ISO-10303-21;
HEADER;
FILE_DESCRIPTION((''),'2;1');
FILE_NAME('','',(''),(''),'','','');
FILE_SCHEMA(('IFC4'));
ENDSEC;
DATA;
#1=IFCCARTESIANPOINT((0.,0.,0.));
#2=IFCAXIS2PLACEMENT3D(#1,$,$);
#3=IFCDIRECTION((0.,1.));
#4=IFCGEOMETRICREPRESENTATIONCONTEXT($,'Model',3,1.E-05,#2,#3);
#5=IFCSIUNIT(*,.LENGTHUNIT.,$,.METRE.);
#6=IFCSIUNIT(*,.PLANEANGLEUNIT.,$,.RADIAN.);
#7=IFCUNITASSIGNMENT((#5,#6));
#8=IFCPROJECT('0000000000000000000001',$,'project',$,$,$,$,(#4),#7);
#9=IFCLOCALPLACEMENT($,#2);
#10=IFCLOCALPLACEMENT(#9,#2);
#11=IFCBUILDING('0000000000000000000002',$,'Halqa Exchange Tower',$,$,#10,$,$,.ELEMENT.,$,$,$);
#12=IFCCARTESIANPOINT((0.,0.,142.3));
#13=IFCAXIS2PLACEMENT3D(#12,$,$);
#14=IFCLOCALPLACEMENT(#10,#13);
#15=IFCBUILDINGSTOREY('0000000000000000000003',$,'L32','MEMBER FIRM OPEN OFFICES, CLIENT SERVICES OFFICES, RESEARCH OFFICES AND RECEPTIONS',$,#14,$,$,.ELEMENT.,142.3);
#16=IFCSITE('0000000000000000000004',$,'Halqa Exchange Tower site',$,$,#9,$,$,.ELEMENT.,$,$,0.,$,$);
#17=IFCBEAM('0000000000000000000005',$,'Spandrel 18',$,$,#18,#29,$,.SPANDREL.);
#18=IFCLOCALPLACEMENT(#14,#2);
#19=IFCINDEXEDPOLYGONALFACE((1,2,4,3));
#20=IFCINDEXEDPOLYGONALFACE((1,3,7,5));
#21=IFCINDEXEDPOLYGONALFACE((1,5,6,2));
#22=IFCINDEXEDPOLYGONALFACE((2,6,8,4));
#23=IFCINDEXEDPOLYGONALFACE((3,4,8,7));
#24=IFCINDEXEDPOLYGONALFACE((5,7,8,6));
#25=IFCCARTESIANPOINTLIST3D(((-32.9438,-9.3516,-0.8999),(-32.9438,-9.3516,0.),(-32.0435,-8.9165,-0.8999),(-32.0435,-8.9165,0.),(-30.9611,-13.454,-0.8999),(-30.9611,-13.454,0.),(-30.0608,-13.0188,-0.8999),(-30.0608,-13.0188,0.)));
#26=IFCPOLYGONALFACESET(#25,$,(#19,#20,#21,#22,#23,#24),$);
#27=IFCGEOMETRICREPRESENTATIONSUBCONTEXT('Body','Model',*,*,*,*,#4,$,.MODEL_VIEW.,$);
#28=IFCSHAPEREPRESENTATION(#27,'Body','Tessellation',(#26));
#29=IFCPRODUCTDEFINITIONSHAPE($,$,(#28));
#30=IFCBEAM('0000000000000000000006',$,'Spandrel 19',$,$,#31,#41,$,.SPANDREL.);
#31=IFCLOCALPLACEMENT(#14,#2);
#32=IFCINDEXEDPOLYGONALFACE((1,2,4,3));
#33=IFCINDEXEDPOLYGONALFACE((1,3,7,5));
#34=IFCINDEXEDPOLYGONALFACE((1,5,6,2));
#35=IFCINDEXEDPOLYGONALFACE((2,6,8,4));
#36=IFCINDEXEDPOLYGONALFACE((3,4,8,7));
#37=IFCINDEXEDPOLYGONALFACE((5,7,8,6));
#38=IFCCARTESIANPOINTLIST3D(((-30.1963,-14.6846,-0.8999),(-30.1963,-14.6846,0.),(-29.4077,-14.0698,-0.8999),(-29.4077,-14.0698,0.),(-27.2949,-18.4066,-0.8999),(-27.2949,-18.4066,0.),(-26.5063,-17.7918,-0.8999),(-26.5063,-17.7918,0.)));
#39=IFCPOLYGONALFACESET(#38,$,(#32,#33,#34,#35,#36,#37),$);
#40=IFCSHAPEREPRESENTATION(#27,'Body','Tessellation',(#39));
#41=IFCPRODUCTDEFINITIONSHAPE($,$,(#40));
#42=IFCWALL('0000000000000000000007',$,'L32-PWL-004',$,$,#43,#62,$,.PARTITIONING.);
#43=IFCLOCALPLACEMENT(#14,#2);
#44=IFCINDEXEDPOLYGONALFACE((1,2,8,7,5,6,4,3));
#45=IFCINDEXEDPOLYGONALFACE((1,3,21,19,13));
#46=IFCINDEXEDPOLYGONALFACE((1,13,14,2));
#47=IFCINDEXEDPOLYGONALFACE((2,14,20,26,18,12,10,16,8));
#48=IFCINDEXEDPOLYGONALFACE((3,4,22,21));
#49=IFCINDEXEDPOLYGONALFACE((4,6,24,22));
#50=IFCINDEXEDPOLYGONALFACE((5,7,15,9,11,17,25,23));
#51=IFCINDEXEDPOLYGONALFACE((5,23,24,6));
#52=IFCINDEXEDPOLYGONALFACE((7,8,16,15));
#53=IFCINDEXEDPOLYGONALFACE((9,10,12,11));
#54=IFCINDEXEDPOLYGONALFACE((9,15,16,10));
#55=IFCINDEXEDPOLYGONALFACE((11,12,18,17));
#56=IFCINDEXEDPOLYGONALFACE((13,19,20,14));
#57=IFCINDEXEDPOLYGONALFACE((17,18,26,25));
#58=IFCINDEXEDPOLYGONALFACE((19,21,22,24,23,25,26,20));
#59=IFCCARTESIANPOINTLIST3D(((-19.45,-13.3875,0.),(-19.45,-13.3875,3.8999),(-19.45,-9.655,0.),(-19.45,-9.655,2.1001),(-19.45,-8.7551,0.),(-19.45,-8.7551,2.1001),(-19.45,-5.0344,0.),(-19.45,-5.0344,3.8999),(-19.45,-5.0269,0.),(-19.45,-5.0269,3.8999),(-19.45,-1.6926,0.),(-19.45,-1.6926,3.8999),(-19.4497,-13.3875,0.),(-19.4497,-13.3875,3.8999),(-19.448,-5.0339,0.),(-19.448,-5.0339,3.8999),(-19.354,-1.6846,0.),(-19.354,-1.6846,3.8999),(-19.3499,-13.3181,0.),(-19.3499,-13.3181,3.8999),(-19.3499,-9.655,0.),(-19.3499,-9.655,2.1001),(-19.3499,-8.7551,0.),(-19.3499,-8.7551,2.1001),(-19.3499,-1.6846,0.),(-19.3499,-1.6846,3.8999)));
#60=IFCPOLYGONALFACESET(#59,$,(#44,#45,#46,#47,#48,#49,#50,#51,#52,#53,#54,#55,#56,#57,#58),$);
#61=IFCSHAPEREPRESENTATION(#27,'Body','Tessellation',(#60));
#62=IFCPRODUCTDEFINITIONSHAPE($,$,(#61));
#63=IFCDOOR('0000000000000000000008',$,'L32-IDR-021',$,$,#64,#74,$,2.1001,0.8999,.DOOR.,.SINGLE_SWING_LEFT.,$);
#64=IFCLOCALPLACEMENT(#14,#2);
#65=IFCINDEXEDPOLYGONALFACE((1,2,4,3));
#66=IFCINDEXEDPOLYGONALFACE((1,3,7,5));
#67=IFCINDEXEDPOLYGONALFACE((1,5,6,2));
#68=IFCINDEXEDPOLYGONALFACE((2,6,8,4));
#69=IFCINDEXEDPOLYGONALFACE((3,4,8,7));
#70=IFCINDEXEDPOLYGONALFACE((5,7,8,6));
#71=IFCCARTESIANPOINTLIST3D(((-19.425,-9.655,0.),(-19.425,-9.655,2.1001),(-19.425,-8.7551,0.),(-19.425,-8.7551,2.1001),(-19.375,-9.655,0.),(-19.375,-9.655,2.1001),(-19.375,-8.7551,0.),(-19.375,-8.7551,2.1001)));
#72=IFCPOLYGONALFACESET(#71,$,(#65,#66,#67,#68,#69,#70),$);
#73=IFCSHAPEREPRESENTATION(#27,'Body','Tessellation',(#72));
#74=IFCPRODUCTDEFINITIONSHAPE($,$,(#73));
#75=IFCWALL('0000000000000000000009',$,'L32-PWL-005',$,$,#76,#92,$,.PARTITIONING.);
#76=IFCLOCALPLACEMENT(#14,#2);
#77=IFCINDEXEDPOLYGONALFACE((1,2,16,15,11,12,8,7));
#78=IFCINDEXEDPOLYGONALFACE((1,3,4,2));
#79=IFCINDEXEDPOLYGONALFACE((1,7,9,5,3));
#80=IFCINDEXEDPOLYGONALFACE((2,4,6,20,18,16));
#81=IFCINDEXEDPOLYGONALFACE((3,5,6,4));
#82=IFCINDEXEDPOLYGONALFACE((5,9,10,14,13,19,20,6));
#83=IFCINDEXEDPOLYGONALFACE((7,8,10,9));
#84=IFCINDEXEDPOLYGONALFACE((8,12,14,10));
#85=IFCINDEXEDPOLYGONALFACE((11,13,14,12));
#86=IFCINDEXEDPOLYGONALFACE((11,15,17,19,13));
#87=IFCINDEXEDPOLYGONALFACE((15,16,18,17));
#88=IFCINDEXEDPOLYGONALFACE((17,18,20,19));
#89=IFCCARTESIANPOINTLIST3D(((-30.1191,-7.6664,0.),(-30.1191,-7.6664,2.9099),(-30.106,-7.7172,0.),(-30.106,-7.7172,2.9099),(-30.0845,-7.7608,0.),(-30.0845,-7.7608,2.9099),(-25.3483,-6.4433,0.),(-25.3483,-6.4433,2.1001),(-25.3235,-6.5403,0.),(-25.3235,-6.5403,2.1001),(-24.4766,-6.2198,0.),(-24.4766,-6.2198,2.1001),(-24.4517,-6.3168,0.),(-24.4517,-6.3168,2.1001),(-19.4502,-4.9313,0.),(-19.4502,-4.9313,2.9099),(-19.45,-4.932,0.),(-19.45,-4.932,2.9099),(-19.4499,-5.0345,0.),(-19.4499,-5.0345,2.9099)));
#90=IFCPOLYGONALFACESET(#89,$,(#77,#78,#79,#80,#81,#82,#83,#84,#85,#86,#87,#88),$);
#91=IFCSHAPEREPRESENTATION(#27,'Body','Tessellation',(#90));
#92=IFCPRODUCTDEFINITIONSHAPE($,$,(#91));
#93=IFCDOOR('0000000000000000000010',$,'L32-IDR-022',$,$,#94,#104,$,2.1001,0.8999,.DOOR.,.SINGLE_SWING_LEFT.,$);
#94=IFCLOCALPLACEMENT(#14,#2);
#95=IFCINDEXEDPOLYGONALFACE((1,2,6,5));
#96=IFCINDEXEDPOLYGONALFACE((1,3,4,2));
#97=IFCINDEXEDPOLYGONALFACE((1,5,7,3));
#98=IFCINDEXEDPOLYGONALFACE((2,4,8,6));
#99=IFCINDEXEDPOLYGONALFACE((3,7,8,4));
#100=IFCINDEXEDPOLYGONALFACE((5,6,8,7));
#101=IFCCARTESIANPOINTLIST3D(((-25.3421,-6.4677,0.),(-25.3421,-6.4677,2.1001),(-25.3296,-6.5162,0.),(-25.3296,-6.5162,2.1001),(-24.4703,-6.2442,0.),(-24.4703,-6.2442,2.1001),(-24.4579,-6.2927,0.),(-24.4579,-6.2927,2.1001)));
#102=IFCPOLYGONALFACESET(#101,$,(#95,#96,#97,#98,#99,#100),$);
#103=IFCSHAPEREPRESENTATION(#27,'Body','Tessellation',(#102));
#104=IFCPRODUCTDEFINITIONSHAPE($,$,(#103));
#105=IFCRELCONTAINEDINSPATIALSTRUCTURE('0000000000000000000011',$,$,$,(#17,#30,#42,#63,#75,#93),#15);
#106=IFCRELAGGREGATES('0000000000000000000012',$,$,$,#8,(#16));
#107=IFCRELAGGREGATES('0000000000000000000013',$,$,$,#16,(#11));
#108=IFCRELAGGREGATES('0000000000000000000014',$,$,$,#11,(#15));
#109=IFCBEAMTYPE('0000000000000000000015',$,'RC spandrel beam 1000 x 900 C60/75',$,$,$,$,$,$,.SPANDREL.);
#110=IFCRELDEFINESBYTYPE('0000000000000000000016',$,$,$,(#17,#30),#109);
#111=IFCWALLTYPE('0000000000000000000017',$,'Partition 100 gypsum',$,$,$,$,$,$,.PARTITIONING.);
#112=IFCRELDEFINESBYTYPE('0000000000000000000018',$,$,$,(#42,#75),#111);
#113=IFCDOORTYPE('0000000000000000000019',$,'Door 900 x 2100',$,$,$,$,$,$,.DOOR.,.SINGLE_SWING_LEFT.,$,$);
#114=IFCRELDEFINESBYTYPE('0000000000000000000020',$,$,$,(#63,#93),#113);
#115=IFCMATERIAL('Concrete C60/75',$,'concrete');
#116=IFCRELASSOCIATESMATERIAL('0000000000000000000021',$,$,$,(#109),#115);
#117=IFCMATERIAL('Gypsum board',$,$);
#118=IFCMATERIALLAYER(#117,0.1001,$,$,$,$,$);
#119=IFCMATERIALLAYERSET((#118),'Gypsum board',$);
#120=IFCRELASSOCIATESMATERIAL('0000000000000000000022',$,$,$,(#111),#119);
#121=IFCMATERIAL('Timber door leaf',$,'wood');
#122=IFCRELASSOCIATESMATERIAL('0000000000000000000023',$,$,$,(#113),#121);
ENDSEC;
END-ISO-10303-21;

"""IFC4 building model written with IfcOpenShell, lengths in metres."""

from ifc_helpers import new_model, si_unit, direction, frame, frame_2d, origin, origin_2d, place, context, subcontext, project, spatial, polyline, rectangle, outline, extrude, material, layer, layer_set, material_profile, profile_set, type_object, element, fill, save


model = new_model("IFC4")

# Units and contexts
model_context = context("Model", 3, precision=1e-05, world=origin(), true_north=direction((0.0, 1.0)))
body_context = subcontext(model_context, "Body", "Model", "MODEL_VIEW")
ifc_project = project(units=[si_unit("LENGTHUNIT", "METRE"), si_unit("PLANEANGLEUNIT", "RADIAN")], contexts=[model_context])

# Site, building, storey
site_placement = place(None, origin())
site = spatial("IfcSite", under=ifc_project, at=site_placement, Name="Halqa Exchange Tower site", CompositionType="ELEMENT", RefElevation=0.0)
building_placement = place(site_placement, origin())
building = spatial("IfcBuilding", under=site, at=building_placement, Name="Halqa Exchange Tower", CompositionType="ELEMENT")
storey_placement = place(building_placement, frame((0.0, 0.0, 142.3)))
storey = spatial("IfcBuildingStorey", under=building, at=storey_placement, Name="L32", Description="MEMBER FIRM OPEN OFFICES, CLIENT SERVICES OFFICES, RESEARCH OFFICES AND RECEPTIONS", CompositionType="ELEMENT", Elevation=142.3)

# Beams
ifc_material_1 = material(Name="Concrete C60/75", Category="concrete")
ifc_material_profile_1 = material_profile(ifc_material_1, rectangle(XDim=1.0, YDim=0.8999, at=origin_2d()), Name="1000 x 900")
ifc_profile_set_1 = profile_set([ifc_material_profile_1], Name="Concrete C60/75")
beam_type_1 = type_object("IfcBeamType", Name="RC spandrel beam 1000 x 900 C60/75", PredefinedType="SPANDREL", material=ifc_profile_set_1)
beam_1_placement = place(storey_placement, frame((-32.4937, -9.134, -0.45), z_axis=(0.435149, -0.900358, 0.0), x_axis=(0.900358, 0.435149, 0.0)))
element("IfcBeam", 1, at=beam_1_placement, inside=storey, type_object=beam_type_1, Name="Spandrel 18", PredefinedType="SPANDREL", context=body_context, shape_type="SweptSolid", body=[
    extrude(rectangle(XDim=1.0, YDim=0.8999, at=origin_2d()), origin(), (0.0, 0.0, 1.0), 4.5564),
])
beam_2_placement = place(storey_placement, frame((-29.802, -14.3772, -0.45), z_axis=(0.614803, -0.78868, 0.0), x_axis=(0.78868, 0.614803, 0.0)))
element("IfcBeam", 2, at=beam_2_placement, inside=storey, type_object=beam_type_1, Name="Spandrel 19", PredefinedType="SPANDREL", context=body_context, shape_type="SweptSolid", body=[
    extrude(rectangle(XDim=1.0, YDim=0.8999, at=origin_2d()), origin(), (0.0, 0.0, 1.0), 4.7192),
])

# Walls, openings, doors
ifc_material_2 = material(Name="Gypsum board")
ifc_layer_1 = layer(ifc_material_2, 0.1001)
ifc_layer_set_1 = layer_set([ifc_layer_1], Name="Gypsum board")
wall_type_1 = type_object("IfcWallType", Name="Partition 100 gypsum", PredefinedType="PARTITIONING", material=ifc_layer_set_1)
wall_1_placement = place(storey_placement, frame((-19.3999, -13.3875, 0.0), z_axis=(0.0, 0.0, 1.0), x_axis=(0.0, 1.0, 0.0)))
wall_1 = element("IfcWall", 3, at=wall_1_placement, inside=storey, type_object=wall_type_1, Name="L32-PWL-004", PredefinedType="PARTITIONING", context=body_context, shape_type="SweptSolid", body=[
    extrude(outline(polyline([(11.7029, -0.05), (11.7029, -0.0459), (11.6948, 0.05), (10.0278, 0.05), (8.3606, 0.05), (8.3535, 0.0481), (8.353, 0.05), (6.6824, 0.05), (5.0117, 0.05), (3.3413, 0.05), (1.6707, 0.05), (0.0, 0.05), (0.0, 0.0498), (0.0693, -0.05), (2.0083, -0.05), (3.947, -0.05), (5.886, -0.05), (7.825, -0.05), (9.7639, -0.05), (11.7029, -0.05)])), origin(), (0.0, 0.0, 1.0), 3.8999),
])
opening_1_placement = place(wall_1_placement, frame((3.7324, 0.0, 0.0)))
opening_1 = element("IfcOpeningElement", 4, at=opening_1_placement, cuts=wall_1, PredefinedType="OPENING", context=body_context, shape_type="SweptSolid", body=[
    extrude(rectangle(XDim=0.8999, YDim=2.1001, at=frame_2d((0.45, 1.05))), frame((0.0, 0.062, 0.0), z_axis=(0.0, -1.0, 0.0), x_axis=(1.0, 0.0, 0.0)), (0.0, 0.0, 1.0), 0.124),
])
ifc_material_3 = material(Name="Timber door leaf", Category="wood")
door_type_1 = type_object("IfcDoorType", Name="Door 900 x 2100", OperationType="SINGLE_SWING_LEFT", PredefinedType="DOOR", material=ifc_material_3)
door_1_placement = place(opening_1_placement, frame((0.8999, 0.0, 0.0), z_axis=(0.0, 0.0, 1.0), x_axis=(-1.0, 0.0, 0.0)))
door_1 = element("IfcDoor", 5, at=door_1_placement, inside=storey, type_object=door_type_1, Name="L32-IDR-021", OperationType="SINGLE_SWING_LEFT", OverallHeight=2.1001, OverallWidth=0.8999, PredefinedType="DOOR", context=body_context, shape_type="SweptSolid", body=[
    extrude(rectangle(XDim=0.8999, YDim=2.1001, at=frame_2d((0.45, 1.05))), frame((0.0, 0.0249, 0.0), z_axis=(0.0, -1.0, 0.0), x_axis=(1.0, 0.0, 0.0)), (0.0, 0.0, 1.0), 0.05),
])
fill(opening_1, door_1)
wall_2_placement = place(storey_placement, frame((-19.4377, -4.9797, 0.0), z_axis=(0.0, 0.0, 1.0), x_axis=(-0.968675, -0.248331, 0.0)))
wall_2 = element("IfcWall", 6, at=wall_2_placement, inside=storey, type_object=wall_type_1, Name="L32-PWL-005", PredefinedType="PARTITIONING", context=body_context, shape_type="SweptSolid", body=[
    extrude(outline(polyline([(11.0139, -0.05), (11.0139, 0.0024), (11.0039, 0.05), (9.1743, 0.05), (7.3445, 0.05), (5.5146, 0.05), (3.6851, 0.05), (1.8552, 0.05), (0.0254, 0.05), (0.0, -0.0493), (0.0, -0.05), (1.8357, -0.05), (3.6714, -0.05), (5.5068, -0.05), (7.3425, -0.05), (9.1782, -0.05), (11.0139, -0.05)])), origin(), (0.0, 0.0, 1.0), 2.9099),
])
opening_2_placement = place(wall_2_placement, frame((5.189, 0.0, 0.0)))
opening_2 = element("IfcOpeningElement", 7, at=opening_2_placement, cuts=wall_2, PredefinedType="OPENING", context=body_context, shape_type="SweptSolid", body=[
    extrude(rectangle(XDim=0.8999, YDim=2.1001, at=frame_2d((0.45, 1.05))), frame((0.0, 0.062, 0.0), z_axis=(0.0, -1.0, 0.0), x_axis=(1.0, 0.0, 0.0)), (0.0, 0.0, 1.0), 0.124),
])
door_2_placement = place(opening_2_placement, frame((0.8999, 0.0, 0.0), z_axis=(0.0, 0.0, 1.0), x_axis=(-1.0, 0.0, 0.0)))
door_2 = element("IfcDoor", 8, at=door_2_placement, inside=storey, type_object=door_type_1, Name="L32-IDR-022", OperationType="SINGLE_SWING_LEFT", OverallHeight=2.1001, OverallWidth=0.8999, PredefinedType="DOOR", context=body_context, shape_type="SweptSolid", body=[
    extrude(rectangle(XDim=0.8999, YDim=2.1001, at=frame_2d((0.45, 1.05))), frame((0.0, 0.0249, 0.0), z_axis=(0.0, -1.0, 0.0), x_axis=(1.0, 0.0, 0.0)), (0.0, 0.0, 1.0), 0.05),
])
fill(opening_2, door_2)

save(model, "model.ifc")
